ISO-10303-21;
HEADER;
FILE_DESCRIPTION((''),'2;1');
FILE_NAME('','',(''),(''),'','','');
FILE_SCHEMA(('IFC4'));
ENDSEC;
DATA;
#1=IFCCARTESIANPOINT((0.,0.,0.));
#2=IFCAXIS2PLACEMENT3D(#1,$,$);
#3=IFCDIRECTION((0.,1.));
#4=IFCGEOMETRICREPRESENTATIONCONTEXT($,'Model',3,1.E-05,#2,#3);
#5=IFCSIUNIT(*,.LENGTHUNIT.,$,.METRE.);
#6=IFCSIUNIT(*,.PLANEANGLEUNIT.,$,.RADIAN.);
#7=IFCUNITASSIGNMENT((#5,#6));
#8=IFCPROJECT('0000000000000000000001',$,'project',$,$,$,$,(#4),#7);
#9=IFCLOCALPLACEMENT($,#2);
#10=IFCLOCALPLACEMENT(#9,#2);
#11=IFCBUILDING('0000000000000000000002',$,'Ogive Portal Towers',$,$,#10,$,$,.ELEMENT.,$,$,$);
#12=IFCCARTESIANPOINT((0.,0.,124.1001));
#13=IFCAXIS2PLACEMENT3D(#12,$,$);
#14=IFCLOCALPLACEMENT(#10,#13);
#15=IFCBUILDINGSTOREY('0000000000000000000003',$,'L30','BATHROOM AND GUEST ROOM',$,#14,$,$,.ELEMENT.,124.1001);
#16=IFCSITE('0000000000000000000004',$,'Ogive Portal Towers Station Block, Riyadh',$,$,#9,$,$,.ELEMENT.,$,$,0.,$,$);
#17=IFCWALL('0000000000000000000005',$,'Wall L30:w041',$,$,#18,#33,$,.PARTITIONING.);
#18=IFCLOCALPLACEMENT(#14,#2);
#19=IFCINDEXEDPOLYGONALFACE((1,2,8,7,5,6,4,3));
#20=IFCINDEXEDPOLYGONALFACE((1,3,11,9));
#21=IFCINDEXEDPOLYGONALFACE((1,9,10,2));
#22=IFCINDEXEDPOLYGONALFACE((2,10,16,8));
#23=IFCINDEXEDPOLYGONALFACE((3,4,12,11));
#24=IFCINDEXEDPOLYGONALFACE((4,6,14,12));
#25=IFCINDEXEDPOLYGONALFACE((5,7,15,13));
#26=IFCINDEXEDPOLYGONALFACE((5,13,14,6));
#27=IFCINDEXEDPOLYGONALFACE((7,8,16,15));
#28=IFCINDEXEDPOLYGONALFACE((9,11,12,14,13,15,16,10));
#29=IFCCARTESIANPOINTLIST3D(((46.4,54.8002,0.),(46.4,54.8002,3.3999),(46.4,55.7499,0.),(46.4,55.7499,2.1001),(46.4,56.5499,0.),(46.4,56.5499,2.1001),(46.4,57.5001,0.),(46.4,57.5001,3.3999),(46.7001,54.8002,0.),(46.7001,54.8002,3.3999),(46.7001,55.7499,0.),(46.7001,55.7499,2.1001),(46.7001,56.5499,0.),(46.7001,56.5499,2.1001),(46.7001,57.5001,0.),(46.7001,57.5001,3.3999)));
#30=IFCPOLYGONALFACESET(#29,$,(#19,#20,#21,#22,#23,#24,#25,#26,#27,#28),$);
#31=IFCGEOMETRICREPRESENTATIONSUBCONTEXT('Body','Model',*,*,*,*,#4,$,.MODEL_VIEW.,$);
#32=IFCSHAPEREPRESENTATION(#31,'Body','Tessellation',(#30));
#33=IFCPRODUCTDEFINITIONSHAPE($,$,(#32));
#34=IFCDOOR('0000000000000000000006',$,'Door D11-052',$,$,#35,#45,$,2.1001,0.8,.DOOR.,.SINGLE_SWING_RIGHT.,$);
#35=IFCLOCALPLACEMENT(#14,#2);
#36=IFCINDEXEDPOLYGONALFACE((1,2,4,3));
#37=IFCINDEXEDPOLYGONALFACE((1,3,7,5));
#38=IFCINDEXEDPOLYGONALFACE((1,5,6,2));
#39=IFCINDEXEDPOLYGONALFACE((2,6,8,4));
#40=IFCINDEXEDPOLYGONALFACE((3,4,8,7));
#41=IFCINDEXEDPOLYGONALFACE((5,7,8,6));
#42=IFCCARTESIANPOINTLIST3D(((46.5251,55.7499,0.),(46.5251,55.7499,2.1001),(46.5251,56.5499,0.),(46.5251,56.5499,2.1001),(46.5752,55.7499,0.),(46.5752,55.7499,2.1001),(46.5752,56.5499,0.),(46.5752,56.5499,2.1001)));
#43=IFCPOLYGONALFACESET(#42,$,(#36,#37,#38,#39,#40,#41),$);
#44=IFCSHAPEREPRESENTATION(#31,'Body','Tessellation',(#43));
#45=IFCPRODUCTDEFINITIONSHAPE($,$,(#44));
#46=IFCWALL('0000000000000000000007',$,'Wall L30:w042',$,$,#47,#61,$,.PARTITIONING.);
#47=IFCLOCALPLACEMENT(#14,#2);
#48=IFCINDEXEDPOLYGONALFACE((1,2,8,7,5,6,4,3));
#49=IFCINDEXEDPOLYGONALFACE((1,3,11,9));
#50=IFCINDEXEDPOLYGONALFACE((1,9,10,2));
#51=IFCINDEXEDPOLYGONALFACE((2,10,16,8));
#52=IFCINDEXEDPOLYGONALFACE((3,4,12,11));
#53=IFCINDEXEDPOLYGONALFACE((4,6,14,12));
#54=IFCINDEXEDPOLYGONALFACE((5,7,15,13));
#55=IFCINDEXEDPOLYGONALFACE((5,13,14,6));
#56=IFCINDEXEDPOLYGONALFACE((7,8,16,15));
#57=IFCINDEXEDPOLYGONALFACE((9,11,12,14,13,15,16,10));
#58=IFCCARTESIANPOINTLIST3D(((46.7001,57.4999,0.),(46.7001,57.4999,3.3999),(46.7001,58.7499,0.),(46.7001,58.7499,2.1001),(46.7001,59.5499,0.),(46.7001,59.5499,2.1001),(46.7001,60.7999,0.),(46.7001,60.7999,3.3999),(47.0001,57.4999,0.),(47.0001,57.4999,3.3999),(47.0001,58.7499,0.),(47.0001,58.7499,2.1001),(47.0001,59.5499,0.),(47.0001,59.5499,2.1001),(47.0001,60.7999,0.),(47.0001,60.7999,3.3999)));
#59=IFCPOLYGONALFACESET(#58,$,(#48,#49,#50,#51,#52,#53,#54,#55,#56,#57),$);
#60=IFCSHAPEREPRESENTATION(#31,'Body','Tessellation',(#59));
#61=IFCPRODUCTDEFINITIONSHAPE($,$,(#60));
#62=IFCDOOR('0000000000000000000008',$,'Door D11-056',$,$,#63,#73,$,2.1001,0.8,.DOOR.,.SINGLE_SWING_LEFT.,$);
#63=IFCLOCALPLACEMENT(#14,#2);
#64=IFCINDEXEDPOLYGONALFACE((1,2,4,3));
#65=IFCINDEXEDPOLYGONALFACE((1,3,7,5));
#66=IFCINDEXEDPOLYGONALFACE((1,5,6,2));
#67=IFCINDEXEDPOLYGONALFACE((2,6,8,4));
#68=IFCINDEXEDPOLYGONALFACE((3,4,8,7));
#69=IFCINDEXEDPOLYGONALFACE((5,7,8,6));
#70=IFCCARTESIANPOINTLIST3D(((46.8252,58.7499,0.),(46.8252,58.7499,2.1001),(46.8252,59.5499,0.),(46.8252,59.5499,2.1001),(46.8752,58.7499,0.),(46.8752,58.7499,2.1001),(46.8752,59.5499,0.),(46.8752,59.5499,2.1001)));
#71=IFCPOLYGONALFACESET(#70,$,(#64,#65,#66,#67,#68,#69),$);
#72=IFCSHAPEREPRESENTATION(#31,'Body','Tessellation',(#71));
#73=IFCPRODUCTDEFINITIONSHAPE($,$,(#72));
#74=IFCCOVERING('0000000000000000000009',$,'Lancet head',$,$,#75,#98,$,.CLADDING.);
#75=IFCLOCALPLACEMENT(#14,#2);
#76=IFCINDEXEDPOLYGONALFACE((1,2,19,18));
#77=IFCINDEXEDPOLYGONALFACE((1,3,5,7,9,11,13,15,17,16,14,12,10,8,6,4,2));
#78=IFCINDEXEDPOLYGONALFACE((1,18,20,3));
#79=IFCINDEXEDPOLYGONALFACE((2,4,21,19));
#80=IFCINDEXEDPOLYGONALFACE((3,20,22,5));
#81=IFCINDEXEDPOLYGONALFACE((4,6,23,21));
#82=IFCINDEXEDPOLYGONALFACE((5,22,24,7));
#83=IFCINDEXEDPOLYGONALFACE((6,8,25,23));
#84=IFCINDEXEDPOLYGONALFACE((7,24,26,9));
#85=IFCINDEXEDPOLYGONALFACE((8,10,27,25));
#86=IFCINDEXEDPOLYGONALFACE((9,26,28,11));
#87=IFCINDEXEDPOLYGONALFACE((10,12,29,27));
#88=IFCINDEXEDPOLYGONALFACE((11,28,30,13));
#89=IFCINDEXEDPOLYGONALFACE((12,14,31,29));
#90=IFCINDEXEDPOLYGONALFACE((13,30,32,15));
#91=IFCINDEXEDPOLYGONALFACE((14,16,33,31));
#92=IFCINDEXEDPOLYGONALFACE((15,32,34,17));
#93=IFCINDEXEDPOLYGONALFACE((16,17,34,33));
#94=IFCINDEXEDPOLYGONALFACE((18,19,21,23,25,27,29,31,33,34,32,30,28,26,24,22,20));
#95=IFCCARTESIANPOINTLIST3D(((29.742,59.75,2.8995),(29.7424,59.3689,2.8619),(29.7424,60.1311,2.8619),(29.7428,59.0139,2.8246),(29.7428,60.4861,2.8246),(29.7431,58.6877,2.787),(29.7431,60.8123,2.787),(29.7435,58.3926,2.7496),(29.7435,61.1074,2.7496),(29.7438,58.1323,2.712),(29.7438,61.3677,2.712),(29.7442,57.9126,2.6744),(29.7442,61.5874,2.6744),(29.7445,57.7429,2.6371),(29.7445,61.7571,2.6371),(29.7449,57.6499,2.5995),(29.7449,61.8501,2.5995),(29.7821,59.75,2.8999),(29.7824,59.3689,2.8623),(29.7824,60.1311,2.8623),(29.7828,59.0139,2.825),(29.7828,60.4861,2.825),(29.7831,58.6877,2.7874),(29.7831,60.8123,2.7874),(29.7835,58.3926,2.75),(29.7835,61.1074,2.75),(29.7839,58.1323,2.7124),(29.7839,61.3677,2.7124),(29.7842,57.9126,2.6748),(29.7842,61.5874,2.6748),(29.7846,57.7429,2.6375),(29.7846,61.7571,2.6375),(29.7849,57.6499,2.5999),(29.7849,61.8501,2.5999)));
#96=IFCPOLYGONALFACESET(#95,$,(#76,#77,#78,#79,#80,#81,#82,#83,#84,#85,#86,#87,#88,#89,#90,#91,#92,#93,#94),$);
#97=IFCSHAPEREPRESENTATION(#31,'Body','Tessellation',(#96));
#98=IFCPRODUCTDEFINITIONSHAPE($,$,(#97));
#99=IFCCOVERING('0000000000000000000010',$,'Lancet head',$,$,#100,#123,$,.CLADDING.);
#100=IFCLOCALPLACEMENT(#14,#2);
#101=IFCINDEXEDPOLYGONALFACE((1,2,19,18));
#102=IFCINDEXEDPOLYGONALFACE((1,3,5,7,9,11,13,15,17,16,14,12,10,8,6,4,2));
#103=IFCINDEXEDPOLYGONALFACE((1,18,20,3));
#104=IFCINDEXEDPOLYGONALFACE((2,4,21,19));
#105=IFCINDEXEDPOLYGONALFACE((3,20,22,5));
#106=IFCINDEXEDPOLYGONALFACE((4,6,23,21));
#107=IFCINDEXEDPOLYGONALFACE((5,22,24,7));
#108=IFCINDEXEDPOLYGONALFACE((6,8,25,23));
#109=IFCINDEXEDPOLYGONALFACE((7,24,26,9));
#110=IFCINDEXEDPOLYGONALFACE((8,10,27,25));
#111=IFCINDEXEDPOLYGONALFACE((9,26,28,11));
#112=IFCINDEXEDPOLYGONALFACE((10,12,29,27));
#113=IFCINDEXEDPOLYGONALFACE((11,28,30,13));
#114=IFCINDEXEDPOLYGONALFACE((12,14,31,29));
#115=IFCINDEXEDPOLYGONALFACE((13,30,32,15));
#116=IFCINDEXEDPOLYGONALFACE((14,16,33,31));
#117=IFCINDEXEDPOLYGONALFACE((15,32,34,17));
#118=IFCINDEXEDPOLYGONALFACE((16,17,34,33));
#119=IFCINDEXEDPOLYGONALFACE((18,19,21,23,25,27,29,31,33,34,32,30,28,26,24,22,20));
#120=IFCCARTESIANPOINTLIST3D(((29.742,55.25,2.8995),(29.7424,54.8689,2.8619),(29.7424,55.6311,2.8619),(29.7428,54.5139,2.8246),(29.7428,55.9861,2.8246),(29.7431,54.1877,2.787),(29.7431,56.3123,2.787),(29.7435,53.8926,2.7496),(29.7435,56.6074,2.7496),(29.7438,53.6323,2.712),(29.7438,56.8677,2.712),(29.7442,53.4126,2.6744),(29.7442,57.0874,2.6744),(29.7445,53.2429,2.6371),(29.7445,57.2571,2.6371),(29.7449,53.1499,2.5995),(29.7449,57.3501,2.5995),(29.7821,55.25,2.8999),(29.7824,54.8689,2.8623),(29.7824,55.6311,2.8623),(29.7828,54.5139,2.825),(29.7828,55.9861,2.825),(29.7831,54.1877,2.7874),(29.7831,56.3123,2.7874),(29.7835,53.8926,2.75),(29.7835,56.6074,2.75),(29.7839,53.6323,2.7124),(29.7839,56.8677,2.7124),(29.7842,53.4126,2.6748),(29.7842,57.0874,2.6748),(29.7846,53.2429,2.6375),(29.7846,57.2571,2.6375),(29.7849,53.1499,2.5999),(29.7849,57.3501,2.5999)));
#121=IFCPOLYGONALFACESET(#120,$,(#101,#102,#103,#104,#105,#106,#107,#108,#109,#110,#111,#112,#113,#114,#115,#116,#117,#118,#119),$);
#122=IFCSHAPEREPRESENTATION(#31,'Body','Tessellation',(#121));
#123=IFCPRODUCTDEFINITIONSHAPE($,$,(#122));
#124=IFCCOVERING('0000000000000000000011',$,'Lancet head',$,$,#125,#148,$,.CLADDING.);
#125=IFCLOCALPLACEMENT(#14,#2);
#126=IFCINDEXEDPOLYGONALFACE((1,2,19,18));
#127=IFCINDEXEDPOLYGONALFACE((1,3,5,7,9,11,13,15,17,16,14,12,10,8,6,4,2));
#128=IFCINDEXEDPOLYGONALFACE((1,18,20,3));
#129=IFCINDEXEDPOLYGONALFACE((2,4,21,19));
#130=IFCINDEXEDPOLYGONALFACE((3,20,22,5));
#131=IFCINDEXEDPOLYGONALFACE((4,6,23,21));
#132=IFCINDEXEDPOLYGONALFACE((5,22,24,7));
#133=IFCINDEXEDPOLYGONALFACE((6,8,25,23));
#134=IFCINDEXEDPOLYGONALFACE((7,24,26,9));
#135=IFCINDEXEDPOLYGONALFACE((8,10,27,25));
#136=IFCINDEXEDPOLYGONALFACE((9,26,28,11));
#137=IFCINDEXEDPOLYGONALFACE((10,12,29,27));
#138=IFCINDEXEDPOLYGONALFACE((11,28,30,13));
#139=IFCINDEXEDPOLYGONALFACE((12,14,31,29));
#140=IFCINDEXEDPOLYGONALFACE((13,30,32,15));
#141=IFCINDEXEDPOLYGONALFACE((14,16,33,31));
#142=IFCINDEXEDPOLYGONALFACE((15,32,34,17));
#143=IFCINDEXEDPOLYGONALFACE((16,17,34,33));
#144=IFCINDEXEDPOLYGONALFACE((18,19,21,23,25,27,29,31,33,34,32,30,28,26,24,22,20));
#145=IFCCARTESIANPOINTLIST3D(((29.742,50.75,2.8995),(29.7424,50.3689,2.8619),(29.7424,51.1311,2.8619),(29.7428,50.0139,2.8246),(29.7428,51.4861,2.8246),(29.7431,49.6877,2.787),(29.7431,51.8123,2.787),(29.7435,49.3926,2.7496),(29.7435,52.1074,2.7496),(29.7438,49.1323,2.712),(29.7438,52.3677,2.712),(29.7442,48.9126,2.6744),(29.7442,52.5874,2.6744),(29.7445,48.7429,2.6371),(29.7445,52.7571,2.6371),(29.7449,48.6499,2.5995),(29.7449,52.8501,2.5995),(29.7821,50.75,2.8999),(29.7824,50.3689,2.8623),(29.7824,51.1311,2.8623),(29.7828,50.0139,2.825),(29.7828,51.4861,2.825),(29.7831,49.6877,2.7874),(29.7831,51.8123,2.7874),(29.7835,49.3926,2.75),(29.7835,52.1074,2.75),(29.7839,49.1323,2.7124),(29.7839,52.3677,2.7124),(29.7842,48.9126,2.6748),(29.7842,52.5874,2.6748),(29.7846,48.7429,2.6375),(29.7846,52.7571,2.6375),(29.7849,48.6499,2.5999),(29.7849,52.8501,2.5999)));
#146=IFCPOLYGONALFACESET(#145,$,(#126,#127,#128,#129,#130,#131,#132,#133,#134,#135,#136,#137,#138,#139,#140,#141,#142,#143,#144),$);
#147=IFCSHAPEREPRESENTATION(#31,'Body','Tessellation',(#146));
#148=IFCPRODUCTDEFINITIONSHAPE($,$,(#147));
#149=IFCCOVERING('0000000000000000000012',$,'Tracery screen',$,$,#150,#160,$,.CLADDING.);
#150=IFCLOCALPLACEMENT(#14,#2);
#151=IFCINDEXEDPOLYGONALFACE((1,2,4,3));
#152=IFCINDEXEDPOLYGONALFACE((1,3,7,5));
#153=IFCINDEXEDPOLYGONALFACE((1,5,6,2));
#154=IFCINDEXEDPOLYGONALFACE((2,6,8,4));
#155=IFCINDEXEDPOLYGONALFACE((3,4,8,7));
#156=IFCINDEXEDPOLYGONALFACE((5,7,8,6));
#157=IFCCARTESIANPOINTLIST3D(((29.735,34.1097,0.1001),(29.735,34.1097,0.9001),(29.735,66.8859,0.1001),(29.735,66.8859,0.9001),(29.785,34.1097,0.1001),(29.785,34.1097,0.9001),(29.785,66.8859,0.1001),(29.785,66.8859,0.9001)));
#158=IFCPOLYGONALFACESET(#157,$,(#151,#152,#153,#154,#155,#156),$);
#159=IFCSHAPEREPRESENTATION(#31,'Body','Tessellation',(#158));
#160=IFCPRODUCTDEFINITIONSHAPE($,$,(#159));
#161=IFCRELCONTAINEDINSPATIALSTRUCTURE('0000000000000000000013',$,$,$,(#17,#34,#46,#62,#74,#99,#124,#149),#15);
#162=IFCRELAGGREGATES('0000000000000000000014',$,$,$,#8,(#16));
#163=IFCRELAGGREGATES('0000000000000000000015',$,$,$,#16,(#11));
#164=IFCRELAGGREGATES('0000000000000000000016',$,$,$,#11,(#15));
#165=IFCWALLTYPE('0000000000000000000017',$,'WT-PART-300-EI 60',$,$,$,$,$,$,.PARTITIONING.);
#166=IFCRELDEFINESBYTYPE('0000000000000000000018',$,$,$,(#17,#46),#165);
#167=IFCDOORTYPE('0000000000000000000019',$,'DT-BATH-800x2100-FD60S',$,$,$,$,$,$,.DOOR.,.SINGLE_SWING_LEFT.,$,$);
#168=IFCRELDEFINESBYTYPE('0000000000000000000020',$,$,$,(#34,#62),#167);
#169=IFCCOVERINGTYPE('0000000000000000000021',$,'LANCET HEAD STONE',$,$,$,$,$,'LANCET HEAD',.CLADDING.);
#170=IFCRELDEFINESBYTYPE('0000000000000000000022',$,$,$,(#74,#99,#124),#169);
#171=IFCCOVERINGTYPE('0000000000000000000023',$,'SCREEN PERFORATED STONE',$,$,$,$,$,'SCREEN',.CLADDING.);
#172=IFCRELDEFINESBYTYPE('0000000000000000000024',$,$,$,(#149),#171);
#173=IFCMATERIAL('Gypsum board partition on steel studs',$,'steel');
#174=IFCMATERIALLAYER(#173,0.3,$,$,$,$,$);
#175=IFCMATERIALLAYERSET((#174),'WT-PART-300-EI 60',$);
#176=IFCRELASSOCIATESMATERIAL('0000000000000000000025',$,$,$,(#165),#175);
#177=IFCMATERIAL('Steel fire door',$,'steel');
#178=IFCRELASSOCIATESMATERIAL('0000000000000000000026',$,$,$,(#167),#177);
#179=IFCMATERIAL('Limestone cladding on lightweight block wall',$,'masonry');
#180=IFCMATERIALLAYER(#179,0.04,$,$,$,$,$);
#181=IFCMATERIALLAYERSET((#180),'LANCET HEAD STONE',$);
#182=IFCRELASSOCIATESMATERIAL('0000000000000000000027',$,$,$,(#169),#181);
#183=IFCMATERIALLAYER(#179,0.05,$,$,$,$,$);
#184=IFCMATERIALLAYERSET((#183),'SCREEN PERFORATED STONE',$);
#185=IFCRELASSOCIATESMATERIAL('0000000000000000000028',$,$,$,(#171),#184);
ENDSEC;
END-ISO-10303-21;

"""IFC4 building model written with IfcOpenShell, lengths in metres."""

from ifc_helpers import new_model, si_unit, direction, frame, frame_2d, origin, origin_2d, place, context, subcontext, project, spatial, polyline, rectangle, outline, extrude, material, layer, layer_set, type_object, element, fill, save


model = new_model("IFC4")

# Units and contexts
model_context = context("Model", 3, precision=1e-05, world=origin(), true_north=direction((0.0, 1.0)))
body_context = subcontext(model_context, "Body", "Model", "MODEL_VIEW")
ifc_project = project(units=[si_unit("LENGTHUNIT", "METRE"), si_unit("PLANEANGLEUNIT", "RADIAN")], contexts=[model_context])

# Site, building, storey
site_placement = place(None, origin())
site = spatial("IfcSite", under=ifc_project, at=site_placement, Name="Ogive Portal Towers Station Block, Riyadh", CompositionType="ELEMENT", RefElevation=0.0)
building_placement = place(site_placement, origin())
building = spatial("IfcBuilding", under=site, at=building_placement, Name="Ogive Portal Towers", CompositionType="ELEMENT")
storey_placement = place(building_placement, frame((0.0, 0.0, 124.1001)))
storey = spatial("IfcBuildingStorey", under=building, at=storey_placement, Name="L30", Description="BATHROOM AND GUEST ROOM", CompositionType="ELEMENT", Elevation=124.1001)

# Shared definitions
ifc_material_1 = material(Name="Gypsum board partition on steel studs", Category="steel")
ifc_layer_1 = layer(ifc_material_1, 0.3)
ifc_layer_set_1 = layer_set([ifc_layer_1], Name="WT-PART-300-EI 60")
wall_type = type_object("IfcWallType", Name="WT-PART-300-EI 60", PredefinedType="PARTITIONING", material=ifc_layer_set_1)

# Walls, openings, doors
wall_1_placement = place(storey_placement, frame((46.55, 54.8, 0.0), z_axis=(0.0, 0.0, 1.0), x_axis=(0.0, 1.0, 0.0)))
wall_1 = element("IfcWall", 1, at=wall_1_placement, inside=storey, type_object=wall_type, Name="Wall L30:w041", PredefinedType="PARTITIONING", context=body_context, shape_type="SweptSolid", body=[
    extrude(rectangle(XDim=2.7, YDim=0.3, at=frame_2d((1.3501, 0.0))), origin(), (0.0, 0.0, 1.0), 3.3999),
])
opening_1_placement = place(wall_1_placement, frame((0.95, 0.0, 0.0)))
opening_1 = element("IfcOpeningElement", 2, at=opening_1_placement, cuts=wall_1, PredefinedType="OPENING", context=body_context, shape_type="SweptSolid", body=[
    extrude(rectangle(XDim=0.8, YDim=2.1001, at=frame_2d((0.3999, 1.05))), frame((0.0, 0.1602, 0.0), z_axis=(0.0, -1.0, 0.0), x_axis=(1.0, 0.0, 0.0)), (0.0, 0.0, 1.0), 0.3201),
])
ifc_material_2 = material(Name="Steel fire door", Category="steel")
door_type = type_object("IfcDoorType", Name="DT-BATH-800x2100-FD60S", OperationType="SINGLE_SWING_LEFT", PredefinedType="DOOR", material=ifc_material_2)
door_1_placement = place(opening_1_placement, origin())
door_1 = element("IfcDoor", 3, at=door_1_placement, inside=storey, type_object=door_type, Name="Door D11-052", OperationType="SINGLE_SWING_RIGHT", OverallHeight=2.1001, OverallWidth=0.8, PredefinedType="DOOR", context=body_context, shape_type="SweptSolid", body=[
    extrude(rectangle(XDim=0.8, YDim=2.1001, at=frame_2d((0.3999, 1.05))), frame((0.0, 0.0249, 0.0), z_axis=(0.0, -1.0, 0.0), x_axis=(1.0, 0.0, 0.0)), (0.0, 0.0, 1.0), 0.05),
])
fill(opening_1, door_1)
wall_2_placement = place(storey_placement, frame((46.8501, 57.5, 0.0), z_axis=(0.0, 0.0, 1.0), x_axis=(0.0, 1.0, 0.0)))
wall_2 = element("IfcWall", 4, at=wall_2_placement, inside=storey, type_object=wall_type, Name="Wall L30:w042", PredefinedType="PARTITIONING", context=body_context, shape_type="SweptSolid", body=[
    extrude(rectangle(XDim=3.3, YDim=0.3, at=frame_2d((1.6499, 0.0))), origin(), (0.0, 0.0, 1.0), 3.3999),
])
opening_2_placement = place(wall_2_placement, frame((1.25, 0.0, 0.0)))
opening_2 = element("IfcOpeningElement", 5, at=opening_2_placement, cuts=wall_2, PredefinedType="OPENING", context=body_context, shape_type="SweptSolid", body=[
    extrude(rectangle(XDim=0.8, YDim=2.1001, at=frame_2d((0.3999, 1.05))), frame((0.0, 0.1602, 0.0), z_axis=(0.0, -1.0, 0.0), x_axis=(1.0, 0.0, 0.0)), (0.0, 0.0, 1.0), 0.3201),
])
door_2_placement = place(opening_2_placement, origin())
door_2 = element("IfcDoor", 6, at=door_2_placement, inside=storey, type_object=door_type, Name="Door D11-056", OperationType="SINGLE_SWING_LEFT", OverallHeight=2.1001, OverallWidth=0.8, PredefinedType="DOOR", context=body_context, shape_type="SweptSolid", body=[
    extrude(rectangle(XDim=0.8, YDim=2.1001, at=frame_2d((0.3999, 1.05))), frame((0.0, 0.0249, 0.0), z_axis=(0.0, -1.0, 0.0), x_axis=(1.0, 0.0, 0.0)), (0.0, 0.0, 1.0), 0.05),
])
fill(opening_2, door_2)

# Coverings
ifc_material_3 = material(Name="Limestone cladding on lightweight block wall", Category="masonry")
ifc_layer_2 = layer(ifc_material_3, 0.04)
ifc_layer_set_2 = layer_set([ifc_layer_2], Name="LANCET HEAD STONE")
covering_type_1 = type_object("IfcCoveringType", Name="LANCET HEAD STONE", ElementType="LANCET HEAD", PredefinedType="CLADDING", material=ifc_layer_set_2)
for number, where, z_axis, x_axis, name in (
    (7, (29.7849, 61.8501, 2.5999), (0.999956, 0.0, 0.009423), (0.0, -1.0, 0.0), "Lancet head"),
    (8, (29.7849, 57.3501, 2.5999), (0.999956, 0.0, 0.009423), (0.0, -1.0, 0.0), "Lancet head"),
    (9, (29.7849, 52.8501, 2.5999), (0.999956, 0.0, 0.009423), (0.0, -1.0, 0.0), "Lancet head"),
):
    element("IfcCovering", number, at=place(storey_placement, frame(where, z_axis=z_axis, x_axis=x_axis)), inside=storey, type_object=covering_type_1, Name=name, PredefinedType="CLADDING", context=body_context, shape_type="SweptSolid", body=[
        extrude(outline(polyline([(0.0, 0.0), (4.2002, 0.0), (4.1072, -0.0376), (3.9375, -0.075), (3.7178, -0.1126), (3.4575, -0.1502), (3.1624, -0.1875), (2.8362, -0.2251), (2.4812, -0.2625), (2.1001, -0.3001), (1.719, -0.2625), (1.364, -0.2251), (1.0378, -0.1875), (0.7427, -0.1502), (0.4824, -0.1126), (0.2627, -0.075), (0.093, -0.0376), (0.0, 0.0)])), origin(), (0.0, 0.0, -1.0), 0.04),
    ])
ifc_layer_3 = layer(ifc_material_3, 0.05)
ifc_layer_set_3 = layer_set([ifc_layer_3], Name="SCREEN PERFORATED STONE")
covering_type_2 = type_object("IfcCoveringType", Name="SCREEN PERFORATED STONE", ElementType="SCREEN", PredefinedType="CLADDING", material=ifc_layer_set_3)
covering_placement = place(storey_placement, frame((29.76, 50.4978, 0.1001), z_axis=(0.0, 0.0, 1.0), x_axis=(0.0, -1.0, 0.0)))
element("IfcCovering", 10, at=covering_placement, inside=storey, type_object=covering_type_2, Name="Tracery screen", PredefinedType="CLADDING", context=body_context, shape_type="SweptSolid", body=[
    extrude(rectangle(XDim=32.7761, YDim=0.05, at=origin_2d()), origin(), (0.0, 0.0, 1.0), 0.8),
])

save(model, "model.ifc")
